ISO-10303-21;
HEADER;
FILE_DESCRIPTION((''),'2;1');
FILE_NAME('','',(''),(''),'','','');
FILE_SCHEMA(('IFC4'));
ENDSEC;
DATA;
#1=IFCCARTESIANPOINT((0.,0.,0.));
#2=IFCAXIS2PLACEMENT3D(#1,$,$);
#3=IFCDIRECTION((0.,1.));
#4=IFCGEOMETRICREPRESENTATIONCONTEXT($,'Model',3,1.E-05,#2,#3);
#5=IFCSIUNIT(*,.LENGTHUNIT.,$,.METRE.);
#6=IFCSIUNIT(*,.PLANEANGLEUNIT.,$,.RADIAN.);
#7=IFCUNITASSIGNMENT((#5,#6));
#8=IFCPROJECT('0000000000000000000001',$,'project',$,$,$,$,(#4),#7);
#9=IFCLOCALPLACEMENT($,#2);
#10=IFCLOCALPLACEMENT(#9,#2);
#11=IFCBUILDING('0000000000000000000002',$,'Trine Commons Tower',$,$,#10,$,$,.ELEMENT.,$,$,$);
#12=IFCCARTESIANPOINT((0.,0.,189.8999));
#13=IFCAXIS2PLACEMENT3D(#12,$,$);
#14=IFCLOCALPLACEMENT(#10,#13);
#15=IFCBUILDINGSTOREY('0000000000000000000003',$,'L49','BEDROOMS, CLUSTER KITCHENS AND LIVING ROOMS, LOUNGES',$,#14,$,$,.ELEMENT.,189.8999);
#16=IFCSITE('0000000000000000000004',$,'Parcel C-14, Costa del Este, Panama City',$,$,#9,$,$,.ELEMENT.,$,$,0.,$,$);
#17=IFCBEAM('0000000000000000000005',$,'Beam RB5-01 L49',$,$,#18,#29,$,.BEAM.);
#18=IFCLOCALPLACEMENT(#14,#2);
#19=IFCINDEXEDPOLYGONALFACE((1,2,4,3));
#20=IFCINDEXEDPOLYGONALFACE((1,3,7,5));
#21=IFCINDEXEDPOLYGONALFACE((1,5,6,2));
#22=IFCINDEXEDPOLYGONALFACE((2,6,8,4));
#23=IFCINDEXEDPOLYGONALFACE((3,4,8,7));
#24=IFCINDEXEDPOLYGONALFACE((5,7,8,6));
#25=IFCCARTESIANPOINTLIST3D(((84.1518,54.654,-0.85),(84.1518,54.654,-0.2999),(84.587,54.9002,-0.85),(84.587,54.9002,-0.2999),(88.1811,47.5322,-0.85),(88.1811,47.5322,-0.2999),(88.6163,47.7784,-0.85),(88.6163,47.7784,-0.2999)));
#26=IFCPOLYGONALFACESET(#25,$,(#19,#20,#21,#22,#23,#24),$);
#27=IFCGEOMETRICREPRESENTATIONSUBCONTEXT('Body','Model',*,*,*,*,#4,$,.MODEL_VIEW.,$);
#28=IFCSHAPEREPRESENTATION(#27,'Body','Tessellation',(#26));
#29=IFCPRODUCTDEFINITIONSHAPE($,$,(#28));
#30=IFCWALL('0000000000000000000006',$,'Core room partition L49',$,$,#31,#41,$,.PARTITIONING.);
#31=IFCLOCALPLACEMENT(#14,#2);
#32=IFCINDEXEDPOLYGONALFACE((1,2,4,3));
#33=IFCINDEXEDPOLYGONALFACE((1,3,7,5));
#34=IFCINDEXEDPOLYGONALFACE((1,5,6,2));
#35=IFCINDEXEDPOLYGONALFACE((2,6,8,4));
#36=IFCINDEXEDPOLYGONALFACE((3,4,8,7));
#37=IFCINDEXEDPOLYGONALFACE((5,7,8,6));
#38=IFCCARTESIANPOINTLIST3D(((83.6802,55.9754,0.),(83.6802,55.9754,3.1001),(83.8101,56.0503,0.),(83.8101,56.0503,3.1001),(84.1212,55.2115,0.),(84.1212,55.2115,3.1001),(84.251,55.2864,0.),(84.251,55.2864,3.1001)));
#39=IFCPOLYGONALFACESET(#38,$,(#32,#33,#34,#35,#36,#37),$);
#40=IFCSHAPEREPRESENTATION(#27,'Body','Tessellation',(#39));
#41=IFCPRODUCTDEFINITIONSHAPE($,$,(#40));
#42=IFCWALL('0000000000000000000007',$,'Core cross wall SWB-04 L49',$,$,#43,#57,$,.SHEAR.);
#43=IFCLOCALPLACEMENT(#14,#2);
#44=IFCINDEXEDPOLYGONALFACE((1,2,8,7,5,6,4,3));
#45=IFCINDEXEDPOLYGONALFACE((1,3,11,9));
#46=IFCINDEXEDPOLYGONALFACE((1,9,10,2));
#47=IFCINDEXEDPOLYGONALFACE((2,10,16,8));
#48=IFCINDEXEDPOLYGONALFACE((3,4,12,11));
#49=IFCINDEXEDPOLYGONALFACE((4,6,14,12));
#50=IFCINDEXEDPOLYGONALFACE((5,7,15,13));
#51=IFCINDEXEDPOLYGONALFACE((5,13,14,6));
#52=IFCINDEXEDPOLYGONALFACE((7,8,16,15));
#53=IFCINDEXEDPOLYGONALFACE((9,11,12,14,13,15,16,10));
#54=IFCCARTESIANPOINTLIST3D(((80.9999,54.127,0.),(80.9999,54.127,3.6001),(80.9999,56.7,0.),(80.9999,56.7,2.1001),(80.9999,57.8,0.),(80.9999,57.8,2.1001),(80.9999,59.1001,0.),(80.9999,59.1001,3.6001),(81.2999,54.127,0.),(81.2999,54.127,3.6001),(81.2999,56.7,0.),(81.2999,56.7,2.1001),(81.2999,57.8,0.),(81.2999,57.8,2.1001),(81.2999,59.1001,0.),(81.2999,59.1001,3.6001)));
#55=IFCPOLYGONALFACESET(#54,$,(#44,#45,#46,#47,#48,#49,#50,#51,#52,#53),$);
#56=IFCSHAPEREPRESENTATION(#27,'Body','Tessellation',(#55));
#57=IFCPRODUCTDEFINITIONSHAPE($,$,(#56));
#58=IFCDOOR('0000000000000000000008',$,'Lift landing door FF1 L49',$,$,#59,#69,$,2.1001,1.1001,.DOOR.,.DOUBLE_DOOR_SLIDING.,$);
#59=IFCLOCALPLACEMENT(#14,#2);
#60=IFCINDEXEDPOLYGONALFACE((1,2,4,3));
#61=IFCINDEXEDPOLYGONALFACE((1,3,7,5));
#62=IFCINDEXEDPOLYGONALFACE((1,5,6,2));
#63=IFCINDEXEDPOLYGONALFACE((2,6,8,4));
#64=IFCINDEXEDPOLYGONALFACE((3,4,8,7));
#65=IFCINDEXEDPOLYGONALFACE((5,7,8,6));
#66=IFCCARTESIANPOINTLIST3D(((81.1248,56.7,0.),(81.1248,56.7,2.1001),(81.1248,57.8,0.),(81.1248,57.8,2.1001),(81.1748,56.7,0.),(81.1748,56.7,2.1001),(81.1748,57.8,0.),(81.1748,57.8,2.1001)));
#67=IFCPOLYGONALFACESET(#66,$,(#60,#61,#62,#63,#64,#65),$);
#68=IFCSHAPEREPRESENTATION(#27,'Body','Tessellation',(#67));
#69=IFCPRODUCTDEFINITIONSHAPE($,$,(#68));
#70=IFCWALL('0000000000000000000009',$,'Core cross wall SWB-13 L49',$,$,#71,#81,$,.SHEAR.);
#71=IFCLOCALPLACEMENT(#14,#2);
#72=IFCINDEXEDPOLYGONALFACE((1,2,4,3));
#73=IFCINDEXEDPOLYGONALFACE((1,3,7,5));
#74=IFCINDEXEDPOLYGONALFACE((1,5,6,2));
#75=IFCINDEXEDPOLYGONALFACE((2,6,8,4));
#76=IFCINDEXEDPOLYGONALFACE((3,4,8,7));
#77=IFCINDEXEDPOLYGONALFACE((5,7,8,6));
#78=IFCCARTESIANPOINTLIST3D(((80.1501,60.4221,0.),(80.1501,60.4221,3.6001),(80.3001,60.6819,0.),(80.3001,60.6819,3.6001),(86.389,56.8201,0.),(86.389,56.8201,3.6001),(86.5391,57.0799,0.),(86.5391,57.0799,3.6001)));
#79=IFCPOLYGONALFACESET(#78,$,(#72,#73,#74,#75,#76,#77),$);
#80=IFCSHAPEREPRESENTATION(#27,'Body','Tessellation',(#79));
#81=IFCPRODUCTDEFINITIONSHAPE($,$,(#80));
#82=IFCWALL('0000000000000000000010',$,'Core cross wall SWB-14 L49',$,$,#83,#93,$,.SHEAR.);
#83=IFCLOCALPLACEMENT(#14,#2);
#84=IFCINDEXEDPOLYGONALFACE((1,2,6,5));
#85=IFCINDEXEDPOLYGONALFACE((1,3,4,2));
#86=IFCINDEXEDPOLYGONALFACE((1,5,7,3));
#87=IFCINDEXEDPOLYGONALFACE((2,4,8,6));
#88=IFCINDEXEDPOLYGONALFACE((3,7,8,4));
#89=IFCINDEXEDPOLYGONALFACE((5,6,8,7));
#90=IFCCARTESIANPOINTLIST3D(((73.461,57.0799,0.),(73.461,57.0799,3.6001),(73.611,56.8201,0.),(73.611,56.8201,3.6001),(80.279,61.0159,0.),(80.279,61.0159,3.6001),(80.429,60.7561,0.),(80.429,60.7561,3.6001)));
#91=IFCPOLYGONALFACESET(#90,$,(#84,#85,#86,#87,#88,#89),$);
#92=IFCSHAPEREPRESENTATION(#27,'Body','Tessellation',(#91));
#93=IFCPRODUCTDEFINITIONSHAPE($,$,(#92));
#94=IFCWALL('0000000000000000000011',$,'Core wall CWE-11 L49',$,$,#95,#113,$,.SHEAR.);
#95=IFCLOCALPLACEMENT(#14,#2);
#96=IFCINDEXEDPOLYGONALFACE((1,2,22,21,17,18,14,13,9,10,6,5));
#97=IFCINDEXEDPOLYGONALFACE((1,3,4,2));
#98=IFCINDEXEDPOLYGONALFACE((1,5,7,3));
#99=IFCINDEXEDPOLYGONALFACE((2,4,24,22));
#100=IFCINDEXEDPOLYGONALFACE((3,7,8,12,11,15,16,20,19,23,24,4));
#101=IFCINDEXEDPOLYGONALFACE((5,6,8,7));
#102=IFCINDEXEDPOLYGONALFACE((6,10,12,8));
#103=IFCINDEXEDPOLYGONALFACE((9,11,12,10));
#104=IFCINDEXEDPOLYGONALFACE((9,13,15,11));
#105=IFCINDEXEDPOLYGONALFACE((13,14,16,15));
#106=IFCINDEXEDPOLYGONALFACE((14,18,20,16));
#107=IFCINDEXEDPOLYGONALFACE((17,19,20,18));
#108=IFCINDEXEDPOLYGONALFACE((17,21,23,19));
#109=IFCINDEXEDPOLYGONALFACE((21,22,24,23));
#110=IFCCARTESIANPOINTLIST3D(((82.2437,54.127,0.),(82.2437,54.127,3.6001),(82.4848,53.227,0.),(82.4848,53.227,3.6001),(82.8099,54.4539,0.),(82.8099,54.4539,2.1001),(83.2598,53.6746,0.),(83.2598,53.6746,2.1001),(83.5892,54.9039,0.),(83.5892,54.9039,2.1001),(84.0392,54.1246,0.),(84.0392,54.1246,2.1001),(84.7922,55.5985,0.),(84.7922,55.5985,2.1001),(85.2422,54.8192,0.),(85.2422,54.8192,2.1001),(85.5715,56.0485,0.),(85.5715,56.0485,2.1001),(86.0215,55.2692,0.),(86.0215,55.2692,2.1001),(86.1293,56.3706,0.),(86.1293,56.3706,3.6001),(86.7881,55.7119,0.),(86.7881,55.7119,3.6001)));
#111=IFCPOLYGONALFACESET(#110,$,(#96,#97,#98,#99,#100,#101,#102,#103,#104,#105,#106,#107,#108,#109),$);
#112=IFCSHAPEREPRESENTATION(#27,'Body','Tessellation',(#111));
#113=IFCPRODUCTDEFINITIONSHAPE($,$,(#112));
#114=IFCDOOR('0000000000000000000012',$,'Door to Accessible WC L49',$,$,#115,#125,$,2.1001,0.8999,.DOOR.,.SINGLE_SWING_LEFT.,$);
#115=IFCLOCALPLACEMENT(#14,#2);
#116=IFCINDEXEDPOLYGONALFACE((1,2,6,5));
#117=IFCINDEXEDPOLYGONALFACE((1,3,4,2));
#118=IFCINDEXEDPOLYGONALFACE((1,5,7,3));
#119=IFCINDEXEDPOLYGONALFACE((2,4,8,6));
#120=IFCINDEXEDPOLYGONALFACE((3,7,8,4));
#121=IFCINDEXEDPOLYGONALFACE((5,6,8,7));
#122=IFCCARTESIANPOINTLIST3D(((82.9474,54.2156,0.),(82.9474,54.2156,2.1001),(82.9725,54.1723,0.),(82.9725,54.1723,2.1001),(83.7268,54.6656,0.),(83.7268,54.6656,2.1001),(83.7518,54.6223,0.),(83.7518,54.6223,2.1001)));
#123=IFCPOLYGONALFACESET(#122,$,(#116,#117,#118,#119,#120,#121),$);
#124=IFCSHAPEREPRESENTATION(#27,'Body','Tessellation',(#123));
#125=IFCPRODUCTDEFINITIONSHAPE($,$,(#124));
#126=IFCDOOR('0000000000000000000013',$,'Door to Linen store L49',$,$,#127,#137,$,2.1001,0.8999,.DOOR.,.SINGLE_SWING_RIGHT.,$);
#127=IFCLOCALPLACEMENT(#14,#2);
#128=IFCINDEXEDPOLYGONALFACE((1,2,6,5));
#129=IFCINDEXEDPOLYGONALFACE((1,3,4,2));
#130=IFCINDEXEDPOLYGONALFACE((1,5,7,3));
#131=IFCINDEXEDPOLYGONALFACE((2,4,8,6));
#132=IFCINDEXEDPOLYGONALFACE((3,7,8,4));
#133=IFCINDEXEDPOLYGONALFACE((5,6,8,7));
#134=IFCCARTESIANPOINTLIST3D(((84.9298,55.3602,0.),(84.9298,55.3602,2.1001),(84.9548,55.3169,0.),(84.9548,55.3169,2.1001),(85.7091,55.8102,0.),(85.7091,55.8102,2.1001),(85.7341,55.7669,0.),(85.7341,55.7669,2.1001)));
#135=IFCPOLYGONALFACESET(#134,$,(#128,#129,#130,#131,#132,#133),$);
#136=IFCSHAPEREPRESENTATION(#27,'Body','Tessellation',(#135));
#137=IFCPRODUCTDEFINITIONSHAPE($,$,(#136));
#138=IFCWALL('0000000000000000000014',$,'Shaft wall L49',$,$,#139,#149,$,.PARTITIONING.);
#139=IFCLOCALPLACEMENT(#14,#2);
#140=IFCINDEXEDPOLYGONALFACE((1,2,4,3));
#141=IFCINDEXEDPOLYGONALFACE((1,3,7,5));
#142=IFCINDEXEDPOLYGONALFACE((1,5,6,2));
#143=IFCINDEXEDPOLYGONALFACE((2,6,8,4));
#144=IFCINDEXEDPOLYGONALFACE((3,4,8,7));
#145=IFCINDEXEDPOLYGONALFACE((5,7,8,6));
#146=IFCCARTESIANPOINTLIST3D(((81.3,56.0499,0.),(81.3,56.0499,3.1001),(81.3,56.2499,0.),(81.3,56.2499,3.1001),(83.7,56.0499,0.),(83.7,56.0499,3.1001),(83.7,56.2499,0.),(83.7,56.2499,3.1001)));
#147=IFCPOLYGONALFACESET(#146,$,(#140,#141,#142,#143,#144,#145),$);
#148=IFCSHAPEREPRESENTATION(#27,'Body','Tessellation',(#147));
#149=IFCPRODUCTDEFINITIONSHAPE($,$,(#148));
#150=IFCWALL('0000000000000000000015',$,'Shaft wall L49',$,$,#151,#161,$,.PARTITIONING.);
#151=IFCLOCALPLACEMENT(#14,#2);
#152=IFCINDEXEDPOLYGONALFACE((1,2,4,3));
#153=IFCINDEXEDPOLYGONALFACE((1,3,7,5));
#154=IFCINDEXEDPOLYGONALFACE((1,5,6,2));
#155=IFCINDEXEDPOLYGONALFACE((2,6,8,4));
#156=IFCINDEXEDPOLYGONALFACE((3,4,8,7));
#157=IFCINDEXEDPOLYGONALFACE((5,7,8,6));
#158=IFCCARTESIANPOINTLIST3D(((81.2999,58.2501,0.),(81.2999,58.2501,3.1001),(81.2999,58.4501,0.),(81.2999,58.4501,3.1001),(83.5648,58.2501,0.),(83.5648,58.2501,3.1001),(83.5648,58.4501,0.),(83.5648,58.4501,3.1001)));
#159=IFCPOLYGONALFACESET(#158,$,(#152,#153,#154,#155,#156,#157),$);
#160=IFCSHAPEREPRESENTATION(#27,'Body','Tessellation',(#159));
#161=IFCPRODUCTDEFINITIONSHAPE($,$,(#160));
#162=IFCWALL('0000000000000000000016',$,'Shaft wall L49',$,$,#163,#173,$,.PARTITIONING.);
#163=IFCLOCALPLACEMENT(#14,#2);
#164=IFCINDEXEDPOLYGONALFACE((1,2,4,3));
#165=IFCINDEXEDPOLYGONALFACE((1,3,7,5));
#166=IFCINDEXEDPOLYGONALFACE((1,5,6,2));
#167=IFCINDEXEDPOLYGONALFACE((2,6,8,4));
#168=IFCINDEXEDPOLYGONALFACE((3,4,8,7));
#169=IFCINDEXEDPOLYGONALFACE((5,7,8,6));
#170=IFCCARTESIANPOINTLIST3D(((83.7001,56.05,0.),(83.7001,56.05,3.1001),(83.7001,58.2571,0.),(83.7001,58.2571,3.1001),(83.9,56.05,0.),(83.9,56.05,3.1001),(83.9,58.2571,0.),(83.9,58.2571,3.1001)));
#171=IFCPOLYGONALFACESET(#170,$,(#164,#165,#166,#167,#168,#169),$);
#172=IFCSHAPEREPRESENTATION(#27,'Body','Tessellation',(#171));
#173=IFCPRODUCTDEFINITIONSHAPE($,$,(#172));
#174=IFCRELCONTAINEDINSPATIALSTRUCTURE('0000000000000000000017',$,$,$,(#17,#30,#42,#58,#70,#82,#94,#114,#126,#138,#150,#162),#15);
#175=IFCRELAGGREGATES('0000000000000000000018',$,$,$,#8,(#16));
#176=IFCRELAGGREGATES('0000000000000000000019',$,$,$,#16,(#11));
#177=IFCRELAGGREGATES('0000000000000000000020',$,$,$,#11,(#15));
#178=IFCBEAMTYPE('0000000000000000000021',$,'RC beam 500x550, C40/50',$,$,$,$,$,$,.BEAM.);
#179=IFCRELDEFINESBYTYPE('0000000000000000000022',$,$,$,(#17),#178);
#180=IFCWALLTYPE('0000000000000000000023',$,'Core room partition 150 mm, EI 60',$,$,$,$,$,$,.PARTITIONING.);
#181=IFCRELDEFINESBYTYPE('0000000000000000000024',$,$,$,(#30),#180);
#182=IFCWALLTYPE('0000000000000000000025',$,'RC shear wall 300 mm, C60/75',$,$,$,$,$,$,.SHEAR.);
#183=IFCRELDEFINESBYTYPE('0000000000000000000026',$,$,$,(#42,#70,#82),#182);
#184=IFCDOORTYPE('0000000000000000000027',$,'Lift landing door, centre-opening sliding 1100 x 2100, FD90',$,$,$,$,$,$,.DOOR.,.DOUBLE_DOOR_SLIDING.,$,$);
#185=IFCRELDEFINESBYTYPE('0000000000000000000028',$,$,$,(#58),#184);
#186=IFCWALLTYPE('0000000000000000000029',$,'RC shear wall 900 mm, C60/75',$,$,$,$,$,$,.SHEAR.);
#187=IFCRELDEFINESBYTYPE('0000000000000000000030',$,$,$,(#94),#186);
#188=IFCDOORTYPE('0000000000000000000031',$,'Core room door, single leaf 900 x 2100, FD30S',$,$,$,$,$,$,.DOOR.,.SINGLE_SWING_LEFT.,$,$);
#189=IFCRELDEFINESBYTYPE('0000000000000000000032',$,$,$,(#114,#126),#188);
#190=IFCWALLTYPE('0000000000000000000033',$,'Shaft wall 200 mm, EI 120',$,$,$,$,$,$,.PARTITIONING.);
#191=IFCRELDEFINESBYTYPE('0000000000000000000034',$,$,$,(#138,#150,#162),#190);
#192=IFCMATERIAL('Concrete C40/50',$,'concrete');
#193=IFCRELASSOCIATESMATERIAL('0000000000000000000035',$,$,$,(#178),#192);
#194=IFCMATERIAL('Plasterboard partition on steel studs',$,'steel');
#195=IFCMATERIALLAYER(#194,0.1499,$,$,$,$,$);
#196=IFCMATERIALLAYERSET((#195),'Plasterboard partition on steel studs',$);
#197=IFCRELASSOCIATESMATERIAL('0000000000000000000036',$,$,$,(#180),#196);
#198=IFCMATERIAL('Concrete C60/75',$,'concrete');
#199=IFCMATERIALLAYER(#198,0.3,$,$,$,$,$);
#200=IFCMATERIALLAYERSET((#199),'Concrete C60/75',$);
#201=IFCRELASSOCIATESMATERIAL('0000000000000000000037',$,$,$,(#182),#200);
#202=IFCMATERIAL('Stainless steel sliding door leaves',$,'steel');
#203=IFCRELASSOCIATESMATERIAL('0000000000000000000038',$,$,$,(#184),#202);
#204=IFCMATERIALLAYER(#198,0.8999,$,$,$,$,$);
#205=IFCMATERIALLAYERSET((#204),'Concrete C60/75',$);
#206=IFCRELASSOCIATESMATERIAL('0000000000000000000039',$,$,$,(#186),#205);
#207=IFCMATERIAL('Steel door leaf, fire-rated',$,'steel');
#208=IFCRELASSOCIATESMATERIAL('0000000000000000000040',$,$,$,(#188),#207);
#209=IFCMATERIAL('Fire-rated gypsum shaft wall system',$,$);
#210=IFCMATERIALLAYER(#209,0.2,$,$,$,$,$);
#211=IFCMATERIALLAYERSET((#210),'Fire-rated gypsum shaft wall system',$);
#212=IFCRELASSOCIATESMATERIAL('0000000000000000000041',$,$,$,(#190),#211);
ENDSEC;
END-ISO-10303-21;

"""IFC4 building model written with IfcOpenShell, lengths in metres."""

from ifc_helpers import new_model, si_unit, direction, frame, frame_2d, origin, origin_2d, place, context, subcontext, project, spatial, polyline, rectangle, outline, extrude, material, layer, layer_set, material_profile, profile_set, type_object, element, fill, save


model = new_model("IFC4")

# Units and contexts
model_context = context("Model", 3, precision=1e-05, world=origin(), true_north=direction((0.0, 1.0)))
body_context = subcontext(model_context, "Body", "Model", "MODEL_VIEW")
ifc_project = project(units=[si_unit("LENGTHUNIT", "METRE"), si_unit("PLANEANGLEUNIT", "RADIAN")], contexts=[model_context])

# Site, building, storey
site_placement = place(None, origin())
site = spatial("IfcSite", under=ifc_project, at=site_placement, Name="Parcel C-14, Costa del Este, Panama City", CompositionType="ELEMENT", RefElevation=0.0)
building_placement = place(site_placement, origin())
building = spatial("IfcBuilding", under=site, at=building_placement, Name="Trine Commons Tower", CompositionType="ELEMENT")
storey_placement = place(building_placement, frame((0.0, 0.0, 189.8999)))
storey = spatial("IfcBuildingStorey", under=building, at=storey_placement, Name="L49", Description="BEDROOMS, CLUSTER KITCHENS AND LIVING ROOMS, LOUNGES", CompositionType="ELEMENT", Elevation=189.8999)

# Beam
ifc_material_1 = material(Name="Concrete C40/50", Category="concrete")
ifc_material_profile = material_profile(ifc_material_1, rectangle(XDim=0.5, YDim=0.55, at=origin_2d()), Name="RC 500x550")
ifc_profile_set = profile_set([ifc_material_profile], Name="Concrete C40/50")
beam_type = type_object("IfcBeamType", Name="RC beam 500x550, C40/50", PredefinedType="BEAM", material=ifc_profile_set)
beam_placement = place(storey_placement, frame((84.3694, 54.7771, -0.575), z_axis=(0.49242, -0.870358, 0.0), x_axis=(0.870358, 0.49242, 0.0)))
element("IfcBeam", 1, at=beam_placement, inside=storey, type_object=beam_type, Name="Beam RB5-01 L49", PredefinedType="BEAM", context=body_context, shape_type="SweptSolid", body=[
    extrude(rectangle(XDim=0.5, YDim=0.55, at=origin_2d()), origin(), (0.0, 0.0, 1.0), 8.1826),
])

# Wall
ifc_material_2 = material(Name="Plasterboard partition on steel studs", Category="steel")
ifc_layer_1 = layer(ifc_material_2, 0.1499)
ifc_layer_set_1 = layer_set([ifc_layer_1], Name="Plasterboard partition on steel studs")
wall_type_1 = type_object("IfcWallType", Name="Core room partition 150 mm, EI 60", PredefinedType="PARTITIONING", material=ifc_layer_set_1)
wall_1_placement = place(storey_placement, frame((84.186, 55.249, 0.0), z_axis=(0.0, 0.0, 1.0), x_axis=(-0.49989, 0.866089, 0.0)))
element("IfcWall", 2, at=wall_1_placement, inside=storey, type_object=wall_type_1, Name="Core room partition L49", PredefinedType="PARTITIONING", context=body_context, shape_type="SweptSolid", body=[
    extrude(rectangle(XDim=0.8821, YDim=0.1499, at=frame_2d((0.4409, 0.0))), origin(), (0.0, 0.0, 1.0), 3.1001),
])

# Wall, opening, door
ifc_material_3 = material(Name="Concrete C60/75", Category="concrete")
ifc_layer_2 = layer(ifc_material_3, 0.3)
ifc_layer_set_2 = layer_set([ifc_layer_2], Name="Concrete C60/75")
wall_type_2 = type_object("IfcWallType", Name="RC shear wall 300 mm, C60/75", PredefinedType="SHEAR", material=ifc_layer_set_2)
wall_2_placement = place(storey_placement, frame((81.1499, 59.1001, 0.0), z_axis=(0.0, 0.0, 1.0), x_axis=(0.0, -1.0, 0.0)))
wall_2 = element("IfcWall", 3, at=wall_2_placement, inside=storey, type_object=wall_type_2, Name="Core cross wall SWB-04 L49", PredefinedType="SHEAR", context=body_context, shape_type="SweptSolid", body=[
    extrude(rectangle(XDim=4.9731, YDim=0.3, at=frame_2d((2.4866, 0.0))), origin(), (0.0, 0.0, 1.0), 3.6001),
])
opening_1_placement = place(wall_2_placement, frame((1.3, 0.0, 0.0)))
opening_1 = element("IfcOpeningElement", 4, at=opening_1_placement, cuts=wall_2, PredefinedType="OPENING", context=body_context, shape_type="SweptSolid", body=[
    extrude(rectangle(XDim=1.1001, YDim=2.1001, at=frame_2d((0.55, 1.05))), frame((0.0, 0.1599, 0.0), z_axis=(0.0, -1.0, 0.0), x_axis=(1.0, 0.0, 0.0)), (0.0, 0.0, 1.0), 0.3201),
])
ifc_material_4 = material(Name="Stainless steel sliding door leaves", Category="steel")
door_type_1 = type_object("IfcDoorType", Name="Lift landing door, centre-opening sliding 1100 x 2100, FD90", OperationType="DOUBLE_DOOR_SLIDING", PredefinedType="DOOR", material=ifc_material_4)
door_1_placement = place(opening_1_placement, origin())
door_1 = element("IfcDoor", 5, at=door_1_placement, inside=storey, type_object=door_type_1, Name="Lift landing door FF1 L49", OperationType="DOUBLE_DOOR_SLIDING", OverallHeight=2.1001, OverallWidth=1.1001, PredefinedType="DOOR", context=body_context, shape_type="SweptSolid", body=[
    extrude(rectangle(XDim=1.1001, YDim=2.1001, at=frame_2d((0.55, 1.05))), frame((0.0, 0.0249, 0.0), z_axis=(0.0, -1.0, 0.0), x_axis=(1.0, 0.0, 0.0)), (0.0, 0.0, 1.0), 0.05),
])
fill(opening_1, door_1)

# Walls
wall_3_placement = place(storey_placement, frame((80.2251, 60.552, 0.0), z_axis=(0.0, 0.0, 1.0), x_axis=(0.866028, -0.499995, 0.0)))
element("IfcWall", 6, at=wall_3_placement, inside=storey, type_object=wall_type_2, Name="Core cross wall SWB-13 L49", PredefinedType="SHEAR", context=body_context, shape_type="SweptSolid", body=[
    extrude(rectangle(XDim=7.2041, YDim=0.3, at=frame_2d((3.6021, 0.0))), origin(), (0.0, 0.0, 1.0), 3.6001),
])
wall_4_placement = place(storey_placement, frame((80.354, 60.886, 0.0), z_axis=(0.0, 0.0, 1.0), x_axis=(-0.866048, -0.499961, 0.0)))
element("IfcWall", 7, at=wall_4_placement, inside=storey, type_object=wall_type_2, Name="Core cross wall SWB-14 L49", PredefinedType="SHEAR", context=body_context, shape_type="SweptSolid", body=[
    extrude(rectangle(XDim=7.8726, YDim=0.3, at=frame_2d((3.9363, 0.0))), origin(), (0.0, 0.0, 1.0), 3.6001),
])

# Wall, openings, doors
ifc_layer_3 = layer(ifc_material_3, 0.8999)
ifc_layer_set_3 = layer_set([ifc_layer_3], Name="Concrete C60/75")
wall_type_3 = type_object("IfcWallType", Name="RC shear wall 900 mm, C60/75", PredefinedType="SHEAR", material=ifc_layer_set_3)
wall_5_placement = place(storey_placement, frame((82.2598, 53.6167, 0.0), z_axis=(0.0, 0.0, 1.0), x_axis=(0.866003, 0.500039, 0.0)))
wall_5 = element("IfcWall", 8, at=wall_5_placement, inside=storey, type_object=wall_type_3, Name="Core wall CWE-11 L49", PredefinedType="SHEAR", context=body_context, shape_type="SweptSolid", body=[
    extrude(outline(polyline([(0.0, -0.45), (4.9692, -0.45), (4.728, 0.45), (0.2412, 0.45), (0.0, -0.45)])), origin(), (0.0, 0.0, 1.0), 3.6001),
])
opening_2_placement = place(wall_5_placement, frame((0.895, 0.0, 0.0)))
opening_2 = element("IfcOpeningElement", 9, at=opening_2_placement, cuts=wall_5, PredefinedType="OPENING", context=body_context, shape_type="SweptSolid", body=[
    extrude(rectangle(XDim=0.8999, YDim=2.1001, at=frame_2d((0.45, 1.05))), frame((0.0, 0.46, 0.0), z_axis=(0.0, -1.0, 0.0), x_axis=(1.0, 0.0, 0.0)), (0.0, 0.0, 1.0), 0.9199),
])
opening_3_placement = place(wall_5_placement, frame((3.1841, 0.0, 0.0)))
opening_3 = element("IfcOpeningElement", 10, at=opening_3_placement, cuts=wall_5, PredefinedType="OPENING", context=body_context, shape_type="SweptSolid", body=[
    extrude(rectangle(XDim=0.8999, YDim=2.1001, at=frame_2d((0.45, 1.05))), frame((0.0, 0.46, 0.0), z_axis=(0.0, -1.0, 0.0), x_axis=(1.0, 0.0, 0.0)), (0.0, 0.0, 1.0), 0.9199),
])
ifc_material_5 = material(Name="Steel door leaf, fire-rated", Category="steel")
door_type_2 = type_object("IfcDoorType", Name="Core room door, single leaf 900 x 2100, FD30S", OperationType="SINGLE_SWING_LEFT", PredefinedType="DOOR", material=ifc_material_5)
door_2_placement = place(opening_2_placement, origin())
door_2 = element("IfcDoor", 11, at=door_2_placement, inside=storey, type_object=door_type_2, Name="Door to Accessible WC L49", OperationType="SINGLE_SWING_LEFT", OverallHeight=2.1001, OverallWidth=0.8999, PredefinedType="DOOR", context=body_context, shape_type="SweptSolid", body=[
    extrude(rectangle(XDim=0.8999, YDim=2.1001, at=frame_2d((0.45, 1.05))), frame((0.0, 0.1748, 0.0), z_axis=(0.0, -1.0, 0.0), x_axis=(1.0, 0.0, 0.0)), (0.0, 0.0, 1.0), 0.05),
])
fill(opening_2, door_2)
door_3_placement = place(opening_3_placement, origin())
door_3 = element("IfcDoor", 12, at=door_3_placement, inside=storey, type_object=door_type_2, Name="Door to Linen store L49", OperationType="SINGLE_SWING_RIGHT", OverallHeight=2.1001, OverallWidth=0.8999, PredefinedType="DOOR", context=body_context, shape_type="SweptSolid", body=[
    extrude(rectangle(XDim=0.8999, YDim=2.1001, at=frame_2d((0.45, 1.05))), frame((0.0, 0.1748, 0.0), z_axis=(0.0, -1.0, 0.0), x_axis=(1.0, 0.0, 0.0)), (0.0, 0.0, 1.0), 0.05),
])
fill(opening_3, door_3)

# Walls
ifc_material_6 = material(Name="Fire-rated gypsum shaft wall system")
ifc_layer_4 = layer(ifc_material_6, 0.2)
ifc_layer_set_4 = layer_set([ifc_layer_4], Name="Fire-rated gypsum shaft wall system")
wall_type_4 = type_object("IfcWallType", Name="Shaft wall 200 mm, EI 120", PredefinedType="PARTITIONING", material=ifc_layer_set_4)
wall_6_placement = place(storey_placement, frame((81.3, 56.1499, 0.0), z_axis=(0.0, 0.0, 1.0), x_axis=(1.0, 0.0, 0.0)))
element("IfcWall", 13, at=wall_6_placement, inside=storey, type_object=wall_type_4, Name="Shaft wall L49", PredefinedType="PARTITIONING", context=body_context, shape_type="SweptSolid", body=[
    extrude(rectangle(XDim=2.3999, YDim=0.2, at=frame_2d((1.2, 0.0))), origin(), (0.0, 0.0, 1.0), 3.1001),
])
wall_7_placement = place(storey_placement, frame((81.3, 58.3501, 0.0), z_axis=(0.0, 0.0, 1.0), x_axis=(1.0, 0.0, 0.0)))
element("IfcWall", 14, at=wall_7_placement, inside=storey, type_object=wall_type_4, Name="Shaft wall L49", PredefinedType="PARTITIONING", context=body_context, shape_type="SweptSolid", body=[
    extrude(rectangle(XDim=2.2649, YDim=0.2, at=frame_2d((1.1323, 0.0))), origin(), (0.0, 0.0, 1.0), 3.1001),
])
wall_8_placement = place(storey_placement, frame((83.8, 58.2571, 0.0), z_axis=(0.0, 0.0, 1.0), x_axis=(0.0, -1.0, 0.0)))
element("IfcWall", 15, at=wall_8_placement, inside=storey, type_object=wall_type_4, Name="Shaft wall L49", PredefinedType="PARTITIONING", context=body_context, shape_type="SweptSolid", body=[
    extrude(rectangle(XDim=2.207, YDim=0.2, at=frame_2d((1.1035, 0.0))), origin(), (0.0, 0.0, 1.0), 3.1001),
])

save(model, "model.ifc")
